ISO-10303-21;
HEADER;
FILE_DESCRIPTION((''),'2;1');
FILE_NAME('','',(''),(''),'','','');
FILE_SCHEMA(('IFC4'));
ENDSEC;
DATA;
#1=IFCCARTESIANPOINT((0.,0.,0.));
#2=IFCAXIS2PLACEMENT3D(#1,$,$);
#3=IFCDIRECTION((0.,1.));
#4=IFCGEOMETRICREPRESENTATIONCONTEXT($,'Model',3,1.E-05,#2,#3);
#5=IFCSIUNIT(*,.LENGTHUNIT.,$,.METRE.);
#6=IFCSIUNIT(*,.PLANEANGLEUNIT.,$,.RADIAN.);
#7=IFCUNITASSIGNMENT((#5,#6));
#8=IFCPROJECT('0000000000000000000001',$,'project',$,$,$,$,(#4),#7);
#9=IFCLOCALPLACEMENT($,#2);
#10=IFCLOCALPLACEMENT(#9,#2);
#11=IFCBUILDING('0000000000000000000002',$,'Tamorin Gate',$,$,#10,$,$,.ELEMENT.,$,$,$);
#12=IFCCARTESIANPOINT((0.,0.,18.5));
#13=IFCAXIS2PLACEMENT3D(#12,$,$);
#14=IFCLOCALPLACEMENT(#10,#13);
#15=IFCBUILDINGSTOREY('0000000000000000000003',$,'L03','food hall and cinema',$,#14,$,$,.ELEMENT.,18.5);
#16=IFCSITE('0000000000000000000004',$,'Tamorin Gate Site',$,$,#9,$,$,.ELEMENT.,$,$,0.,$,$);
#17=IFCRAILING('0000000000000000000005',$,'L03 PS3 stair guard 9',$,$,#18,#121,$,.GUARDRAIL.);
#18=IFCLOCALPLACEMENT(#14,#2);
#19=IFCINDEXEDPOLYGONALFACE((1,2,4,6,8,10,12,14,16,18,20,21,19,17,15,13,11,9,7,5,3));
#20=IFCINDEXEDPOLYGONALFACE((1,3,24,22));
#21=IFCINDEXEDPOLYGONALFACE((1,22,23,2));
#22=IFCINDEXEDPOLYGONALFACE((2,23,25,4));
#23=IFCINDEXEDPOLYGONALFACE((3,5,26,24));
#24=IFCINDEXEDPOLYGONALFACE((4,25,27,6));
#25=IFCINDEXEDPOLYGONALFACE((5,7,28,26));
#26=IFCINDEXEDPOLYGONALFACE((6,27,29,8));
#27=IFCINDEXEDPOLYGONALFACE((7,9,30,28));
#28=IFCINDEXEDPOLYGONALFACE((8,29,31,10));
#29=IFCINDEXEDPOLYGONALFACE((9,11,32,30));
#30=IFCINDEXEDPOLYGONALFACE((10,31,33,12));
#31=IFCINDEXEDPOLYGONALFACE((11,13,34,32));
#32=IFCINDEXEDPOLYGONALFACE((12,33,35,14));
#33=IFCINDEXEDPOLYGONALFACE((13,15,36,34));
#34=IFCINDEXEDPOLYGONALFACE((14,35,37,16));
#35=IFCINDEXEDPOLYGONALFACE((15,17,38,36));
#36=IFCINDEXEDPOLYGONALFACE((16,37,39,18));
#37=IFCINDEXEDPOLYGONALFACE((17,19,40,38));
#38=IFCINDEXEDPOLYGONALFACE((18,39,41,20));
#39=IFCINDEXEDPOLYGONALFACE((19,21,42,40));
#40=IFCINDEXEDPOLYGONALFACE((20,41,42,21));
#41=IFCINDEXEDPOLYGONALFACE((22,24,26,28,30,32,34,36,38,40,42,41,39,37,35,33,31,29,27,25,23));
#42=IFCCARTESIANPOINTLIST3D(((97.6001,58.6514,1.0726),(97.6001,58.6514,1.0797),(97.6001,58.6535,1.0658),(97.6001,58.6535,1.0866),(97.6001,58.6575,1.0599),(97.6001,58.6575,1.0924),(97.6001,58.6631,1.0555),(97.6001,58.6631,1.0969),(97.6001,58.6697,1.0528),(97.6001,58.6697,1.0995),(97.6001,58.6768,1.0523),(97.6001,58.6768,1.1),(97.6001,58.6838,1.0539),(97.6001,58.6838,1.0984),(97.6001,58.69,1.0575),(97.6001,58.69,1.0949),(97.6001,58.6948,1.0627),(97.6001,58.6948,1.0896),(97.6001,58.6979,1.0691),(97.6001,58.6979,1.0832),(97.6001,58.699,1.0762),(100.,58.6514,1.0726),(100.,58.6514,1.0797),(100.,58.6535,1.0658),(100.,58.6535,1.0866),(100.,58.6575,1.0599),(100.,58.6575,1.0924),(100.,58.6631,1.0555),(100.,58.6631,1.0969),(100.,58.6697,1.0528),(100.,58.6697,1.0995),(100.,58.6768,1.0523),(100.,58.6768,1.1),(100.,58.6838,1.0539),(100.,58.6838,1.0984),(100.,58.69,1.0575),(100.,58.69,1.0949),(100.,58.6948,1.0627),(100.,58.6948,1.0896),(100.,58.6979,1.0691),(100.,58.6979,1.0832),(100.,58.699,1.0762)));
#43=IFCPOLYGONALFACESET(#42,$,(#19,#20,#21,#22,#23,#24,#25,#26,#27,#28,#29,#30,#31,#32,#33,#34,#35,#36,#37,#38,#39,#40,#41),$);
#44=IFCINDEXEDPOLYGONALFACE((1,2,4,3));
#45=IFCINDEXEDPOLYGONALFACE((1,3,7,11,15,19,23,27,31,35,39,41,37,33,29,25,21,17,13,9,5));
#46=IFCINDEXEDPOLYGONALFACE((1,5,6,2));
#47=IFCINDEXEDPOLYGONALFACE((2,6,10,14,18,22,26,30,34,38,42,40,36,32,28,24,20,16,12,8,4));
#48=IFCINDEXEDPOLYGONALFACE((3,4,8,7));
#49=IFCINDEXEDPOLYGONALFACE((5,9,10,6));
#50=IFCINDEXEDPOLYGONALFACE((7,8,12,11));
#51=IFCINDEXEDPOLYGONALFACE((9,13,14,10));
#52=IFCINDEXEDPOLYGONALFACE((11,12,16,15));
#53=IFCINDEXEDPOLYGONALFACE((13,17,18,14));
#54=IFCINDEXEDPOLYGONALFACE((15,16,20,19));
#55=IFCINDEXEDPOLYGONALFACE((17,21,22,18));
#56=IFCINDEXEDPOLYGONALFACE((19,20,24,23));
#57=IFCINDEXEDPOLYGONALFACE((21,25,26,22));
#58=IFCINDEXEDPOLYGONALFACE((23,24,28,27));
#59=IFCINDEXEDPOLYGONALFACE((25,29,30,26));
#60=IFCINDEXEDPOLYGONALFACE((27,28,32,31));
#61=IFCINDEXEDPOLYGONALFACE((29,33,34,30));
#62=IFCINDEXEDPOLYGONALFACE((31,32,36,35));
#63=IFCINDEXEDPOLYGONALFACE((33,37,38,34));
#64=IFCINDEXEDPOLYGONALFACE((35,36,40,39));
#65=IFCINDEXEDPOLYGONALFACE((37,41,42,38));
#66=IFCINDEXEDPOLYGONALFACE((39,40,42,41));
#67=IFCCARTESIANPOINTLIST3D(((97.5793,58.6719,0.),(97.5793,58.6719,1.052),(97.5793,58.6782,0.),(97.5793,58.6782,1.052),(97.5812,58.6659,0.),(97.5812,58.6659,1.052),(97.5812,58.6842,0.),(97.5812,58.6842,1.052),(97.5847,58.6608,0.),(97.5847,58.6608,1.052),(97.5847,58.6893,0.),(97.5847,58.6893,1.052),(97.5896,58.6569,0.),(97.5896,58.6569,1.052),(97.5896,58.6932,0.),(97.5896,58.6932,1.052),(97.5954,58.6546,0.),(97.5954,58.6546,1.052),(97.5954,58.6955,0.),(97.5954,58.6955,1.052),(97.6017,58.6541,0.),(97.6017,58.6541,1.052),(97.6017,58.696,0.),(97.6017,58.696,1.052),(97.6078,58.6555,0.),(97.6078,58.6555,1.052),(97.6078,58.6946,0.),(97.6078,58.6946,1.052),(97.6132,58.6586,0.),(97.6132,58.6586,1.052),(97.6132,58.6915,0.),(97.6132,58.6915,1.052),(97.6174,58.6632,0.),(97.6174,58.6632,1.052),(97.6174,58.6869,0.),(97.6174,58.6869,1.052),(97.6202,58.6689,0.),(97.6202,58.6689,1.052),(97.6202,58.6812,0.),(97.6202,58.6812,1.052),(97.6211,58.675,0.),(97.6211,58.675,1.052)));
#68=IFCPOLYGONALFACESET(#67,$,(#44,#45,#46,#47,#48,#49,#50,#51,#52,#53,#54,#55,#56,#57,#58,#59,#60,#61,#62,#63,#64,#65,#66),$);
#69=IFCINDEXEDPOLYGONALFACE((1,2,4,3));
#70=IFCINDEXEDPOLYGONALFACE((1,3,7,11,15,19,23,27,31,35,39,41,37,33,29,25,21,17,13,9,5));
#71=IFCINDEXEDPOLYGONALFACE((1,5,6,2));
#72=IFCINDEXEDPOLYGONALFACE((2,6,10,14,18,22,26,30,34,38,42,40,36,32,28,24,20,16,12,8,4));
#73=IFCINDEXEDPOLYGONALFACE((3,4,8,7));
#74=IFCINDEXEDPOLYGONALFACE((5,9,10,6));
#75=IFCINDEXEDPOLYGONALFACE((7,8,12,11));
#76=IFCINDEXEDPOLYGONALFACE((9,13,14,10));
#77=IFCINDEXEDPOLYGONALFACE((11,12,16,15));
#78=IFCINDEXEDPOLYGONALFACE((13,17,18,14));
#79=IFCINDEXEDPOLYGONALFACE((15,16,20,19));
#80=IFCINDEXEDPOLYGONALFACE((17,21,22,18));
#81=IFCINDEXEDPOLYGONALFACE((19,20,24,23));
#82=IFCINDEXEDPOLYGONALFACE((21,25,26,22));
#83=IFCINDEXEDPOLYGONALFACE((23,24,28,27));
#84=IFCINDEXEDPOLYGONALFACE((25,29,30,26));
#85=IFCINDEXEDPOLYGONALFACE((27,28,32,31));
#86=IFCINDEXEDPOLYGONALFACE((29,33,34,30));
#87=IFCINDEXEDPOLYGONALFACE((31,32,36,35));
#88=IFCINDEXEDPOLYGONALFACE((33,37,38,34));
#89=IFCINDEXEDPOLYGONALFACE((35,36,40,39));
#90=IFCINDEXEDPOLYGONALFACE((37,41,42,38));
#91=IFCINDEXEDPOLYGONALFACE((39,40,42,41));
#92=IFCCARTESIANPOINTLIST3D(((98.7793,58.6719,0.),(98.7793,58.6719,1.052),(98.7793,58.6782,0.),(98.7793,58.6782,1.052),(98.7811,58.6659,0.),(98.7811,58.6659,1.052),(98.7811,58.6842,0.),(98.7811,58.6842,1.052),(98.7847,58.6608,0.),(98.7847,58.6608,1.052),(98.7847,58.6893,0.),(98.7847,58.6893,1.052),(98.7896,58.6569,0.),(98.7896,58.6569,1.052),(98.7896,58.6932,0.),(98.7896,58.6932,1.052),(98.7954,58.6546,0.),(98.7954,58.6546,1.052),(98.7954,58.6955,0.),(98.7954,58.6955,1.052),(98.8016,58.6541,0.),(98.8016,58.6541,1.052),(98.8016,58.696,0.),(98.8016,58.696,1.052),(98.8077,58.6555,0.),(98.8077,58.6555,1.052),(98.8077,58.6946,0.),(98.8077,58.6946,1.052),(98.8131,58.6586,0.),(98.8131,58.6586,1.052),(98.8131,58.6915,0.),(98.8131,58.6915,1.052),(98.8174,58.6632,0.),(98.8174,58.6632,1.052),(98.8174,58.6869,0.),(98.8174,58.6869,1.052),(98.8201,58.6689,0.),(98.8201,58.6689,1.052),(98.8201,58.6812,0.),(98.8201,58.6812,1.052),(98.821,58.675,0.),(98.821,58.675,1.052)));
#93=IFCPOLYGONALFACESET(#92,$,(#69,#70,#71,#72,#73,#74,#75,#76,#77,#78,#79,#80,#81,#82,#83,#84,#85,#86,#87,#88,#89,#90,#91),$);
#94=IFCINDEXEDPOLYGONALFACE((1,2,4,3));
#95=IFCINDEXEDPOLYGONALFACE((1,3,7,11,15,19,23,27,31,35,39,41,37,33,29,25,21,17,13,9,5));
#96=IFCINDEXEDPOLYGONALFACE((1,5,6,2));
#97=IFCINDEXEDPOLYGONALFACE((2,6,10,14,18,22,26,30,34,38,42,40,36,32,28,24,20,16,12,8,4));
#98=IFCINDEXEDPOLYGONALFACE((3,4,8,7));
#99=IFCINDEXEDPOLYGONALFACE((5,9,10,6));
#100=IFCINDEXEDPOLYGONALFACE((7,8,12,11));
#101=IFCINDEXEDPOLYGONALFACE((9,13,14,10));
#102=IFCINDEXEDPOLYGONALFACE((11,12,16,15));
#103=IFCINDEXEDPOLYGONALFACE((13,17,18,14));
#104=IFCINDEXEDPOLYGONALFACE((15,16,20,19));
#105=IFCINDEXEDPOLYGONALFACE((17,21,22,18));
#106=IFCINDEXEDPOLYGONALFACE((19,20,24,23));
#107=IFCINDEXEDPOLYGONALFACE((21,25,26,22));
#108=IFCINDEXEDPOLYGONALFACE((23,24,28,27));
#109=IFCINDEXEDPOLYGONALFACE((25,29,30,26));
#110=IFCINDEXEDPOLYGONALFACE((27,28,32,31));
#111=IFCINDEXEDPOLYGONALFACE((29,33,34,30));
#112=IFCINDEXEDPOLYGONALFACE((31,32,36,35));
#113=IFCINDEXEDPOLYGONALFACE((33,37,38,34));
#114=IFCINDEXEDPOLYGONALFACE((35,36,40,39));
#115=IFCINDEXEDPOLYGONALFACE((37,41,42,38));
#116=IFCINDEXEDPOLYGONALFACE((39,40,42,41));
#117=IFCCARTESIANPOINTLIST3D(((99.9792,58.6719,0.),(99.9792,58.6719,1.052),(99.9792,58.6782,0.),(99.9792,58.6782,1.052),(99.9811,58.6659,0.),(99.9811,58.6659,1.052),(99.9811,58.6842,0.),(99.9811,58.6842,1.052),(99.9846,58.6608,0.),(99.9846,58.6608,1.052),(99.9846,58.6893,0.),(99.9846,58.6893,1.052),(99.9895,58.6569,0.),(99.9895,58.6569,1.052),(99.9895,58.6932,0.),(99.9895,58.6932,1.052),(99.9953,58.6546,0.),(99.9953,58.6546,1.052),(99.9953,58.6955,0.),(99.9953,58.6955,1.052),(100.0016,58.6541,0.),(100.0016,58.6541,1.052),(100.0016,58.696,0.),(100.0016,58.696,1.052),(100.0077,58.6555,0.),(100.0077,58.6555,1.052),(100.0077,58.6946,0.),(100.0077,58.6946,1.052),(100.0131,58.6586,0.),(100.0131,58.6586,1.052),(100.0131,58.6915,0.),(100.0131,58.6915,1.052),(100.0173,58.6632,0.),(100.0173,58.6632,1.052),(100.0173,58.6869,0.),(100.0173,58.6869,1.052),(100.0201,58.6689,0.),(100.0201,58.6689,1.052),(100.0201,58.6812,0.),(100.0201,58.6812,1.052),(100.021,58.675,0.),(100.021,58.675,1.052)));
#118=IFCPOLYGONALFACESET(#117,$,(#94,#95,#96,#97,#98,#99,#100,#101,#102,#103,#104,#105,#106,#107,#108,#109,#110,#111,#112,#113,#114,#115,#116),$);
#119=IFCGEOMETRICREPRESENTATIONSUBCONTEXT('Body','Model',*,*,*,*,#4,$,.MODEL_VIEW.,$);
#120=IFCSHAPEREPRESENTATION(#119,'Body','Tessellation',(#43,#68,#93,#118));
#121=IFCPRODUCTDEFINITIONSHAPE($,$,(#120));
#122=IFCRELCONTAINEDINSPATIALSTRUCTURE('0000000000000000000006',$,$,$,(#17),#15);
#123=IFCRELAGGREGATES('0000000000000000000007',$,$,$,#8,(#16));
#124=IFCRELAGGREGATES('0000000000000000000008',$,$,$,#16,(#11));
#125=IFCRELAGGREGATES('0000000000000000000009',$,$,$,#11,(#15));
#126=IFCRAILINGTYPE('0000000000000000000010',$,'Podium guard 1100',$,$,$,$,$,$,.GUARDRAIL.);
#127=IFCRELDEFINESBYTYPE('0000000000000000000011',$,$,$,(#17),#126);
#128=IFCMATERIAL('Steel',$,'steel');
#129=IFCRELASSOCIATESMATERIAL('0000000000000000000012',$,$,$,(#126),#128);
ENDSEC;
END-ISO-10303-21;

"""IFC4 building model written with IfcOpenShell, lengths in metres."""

from ifc_helpers import new_model, si_unit, direction, frame, origin, origin_2d, place, context, subcontext, project, spatial, circle, extrude, material, type_object, element, save


model = new_model("IFC4")

# Units and contexts
model_context = context("Model", 3, precision=1e-05, world=origin(), true_north=direction((0.0, 1.0)))
body_context = subcontext(model_context, "Body", "Model", "MODEL_VIEW")
ifc_project = project(units=[si_unit("LENGTHUNIT", "METRE"), si_unit("PLANEANGLEUNIT", "RADIAN")], contexts=[model_context])

# Site, building, storey
site_placement = place(None, origin())
site = spatial("IfcSite", under=ifc_project, at=site_placement, Name="Tamorin Gate Site", CompositionType="ELEMENT", RefElevation=0.0)
building_placement = place(site_placement, origin())
building = spatial("IfcBuilding", under=site, at=building_placement, Name="Tamorin Gate", CompositionType="ELEMENT")
storey_placement = place(building_placement, frame((0.0, 0.0, 18.5)))
storey = spatial("IfcBuildingStorey", under=building, at=storey_placement, Name="L03", Description="food hall and cinema", CompositionType="ELEMENT", Elevation=18.5)

# Railing
ifc_material_1 = material(Name="Steel", Category="steel")
railing_type = type_object("IfcRailingType", Name="Podium guard 1100", PredefinedType="GUARDRAIL", material=ifc_material_1)
for number, where, name in (
    (1, (97.6001, 58.675, 0.0), "L03 PS3 stair guard 9"),
):
    element("IfcRailing", number, at=place(storey_placement, frame(where)), inside=storey, type_object=railing_type, Name=name, PredefinedType="GUARDRAIL", context=body_context, shape_type="SweptSolid", body=[
        extrude(circle(Radius=0.0239, at=origin_2d()), frame((0.0, 0.0, 1.0762), z_axis=(1.0, 0.0, 0.0), x_axis=(0.0, 1.0, 0.0)), (0.0, 0.0, 1.0), 2.3999),
        extrude(circle(Radius=0.021, at=origin_2d()), origin(), (0.0, 0.0, 1.0), 1.052),
        extrude(circle(Radius=0.021, at=origin_2d()), frame((1.2, 0.0, 0.0)), (0.0, 0.0, 1.0), 1.052),
        extrude(circle(Radius=0.021, at=origin_2d()), frame((2.3999, 0.0, 0.0)), (0.0, 0.0, 1.0), 1.052),
    ])

save(model, "model.ifc")
